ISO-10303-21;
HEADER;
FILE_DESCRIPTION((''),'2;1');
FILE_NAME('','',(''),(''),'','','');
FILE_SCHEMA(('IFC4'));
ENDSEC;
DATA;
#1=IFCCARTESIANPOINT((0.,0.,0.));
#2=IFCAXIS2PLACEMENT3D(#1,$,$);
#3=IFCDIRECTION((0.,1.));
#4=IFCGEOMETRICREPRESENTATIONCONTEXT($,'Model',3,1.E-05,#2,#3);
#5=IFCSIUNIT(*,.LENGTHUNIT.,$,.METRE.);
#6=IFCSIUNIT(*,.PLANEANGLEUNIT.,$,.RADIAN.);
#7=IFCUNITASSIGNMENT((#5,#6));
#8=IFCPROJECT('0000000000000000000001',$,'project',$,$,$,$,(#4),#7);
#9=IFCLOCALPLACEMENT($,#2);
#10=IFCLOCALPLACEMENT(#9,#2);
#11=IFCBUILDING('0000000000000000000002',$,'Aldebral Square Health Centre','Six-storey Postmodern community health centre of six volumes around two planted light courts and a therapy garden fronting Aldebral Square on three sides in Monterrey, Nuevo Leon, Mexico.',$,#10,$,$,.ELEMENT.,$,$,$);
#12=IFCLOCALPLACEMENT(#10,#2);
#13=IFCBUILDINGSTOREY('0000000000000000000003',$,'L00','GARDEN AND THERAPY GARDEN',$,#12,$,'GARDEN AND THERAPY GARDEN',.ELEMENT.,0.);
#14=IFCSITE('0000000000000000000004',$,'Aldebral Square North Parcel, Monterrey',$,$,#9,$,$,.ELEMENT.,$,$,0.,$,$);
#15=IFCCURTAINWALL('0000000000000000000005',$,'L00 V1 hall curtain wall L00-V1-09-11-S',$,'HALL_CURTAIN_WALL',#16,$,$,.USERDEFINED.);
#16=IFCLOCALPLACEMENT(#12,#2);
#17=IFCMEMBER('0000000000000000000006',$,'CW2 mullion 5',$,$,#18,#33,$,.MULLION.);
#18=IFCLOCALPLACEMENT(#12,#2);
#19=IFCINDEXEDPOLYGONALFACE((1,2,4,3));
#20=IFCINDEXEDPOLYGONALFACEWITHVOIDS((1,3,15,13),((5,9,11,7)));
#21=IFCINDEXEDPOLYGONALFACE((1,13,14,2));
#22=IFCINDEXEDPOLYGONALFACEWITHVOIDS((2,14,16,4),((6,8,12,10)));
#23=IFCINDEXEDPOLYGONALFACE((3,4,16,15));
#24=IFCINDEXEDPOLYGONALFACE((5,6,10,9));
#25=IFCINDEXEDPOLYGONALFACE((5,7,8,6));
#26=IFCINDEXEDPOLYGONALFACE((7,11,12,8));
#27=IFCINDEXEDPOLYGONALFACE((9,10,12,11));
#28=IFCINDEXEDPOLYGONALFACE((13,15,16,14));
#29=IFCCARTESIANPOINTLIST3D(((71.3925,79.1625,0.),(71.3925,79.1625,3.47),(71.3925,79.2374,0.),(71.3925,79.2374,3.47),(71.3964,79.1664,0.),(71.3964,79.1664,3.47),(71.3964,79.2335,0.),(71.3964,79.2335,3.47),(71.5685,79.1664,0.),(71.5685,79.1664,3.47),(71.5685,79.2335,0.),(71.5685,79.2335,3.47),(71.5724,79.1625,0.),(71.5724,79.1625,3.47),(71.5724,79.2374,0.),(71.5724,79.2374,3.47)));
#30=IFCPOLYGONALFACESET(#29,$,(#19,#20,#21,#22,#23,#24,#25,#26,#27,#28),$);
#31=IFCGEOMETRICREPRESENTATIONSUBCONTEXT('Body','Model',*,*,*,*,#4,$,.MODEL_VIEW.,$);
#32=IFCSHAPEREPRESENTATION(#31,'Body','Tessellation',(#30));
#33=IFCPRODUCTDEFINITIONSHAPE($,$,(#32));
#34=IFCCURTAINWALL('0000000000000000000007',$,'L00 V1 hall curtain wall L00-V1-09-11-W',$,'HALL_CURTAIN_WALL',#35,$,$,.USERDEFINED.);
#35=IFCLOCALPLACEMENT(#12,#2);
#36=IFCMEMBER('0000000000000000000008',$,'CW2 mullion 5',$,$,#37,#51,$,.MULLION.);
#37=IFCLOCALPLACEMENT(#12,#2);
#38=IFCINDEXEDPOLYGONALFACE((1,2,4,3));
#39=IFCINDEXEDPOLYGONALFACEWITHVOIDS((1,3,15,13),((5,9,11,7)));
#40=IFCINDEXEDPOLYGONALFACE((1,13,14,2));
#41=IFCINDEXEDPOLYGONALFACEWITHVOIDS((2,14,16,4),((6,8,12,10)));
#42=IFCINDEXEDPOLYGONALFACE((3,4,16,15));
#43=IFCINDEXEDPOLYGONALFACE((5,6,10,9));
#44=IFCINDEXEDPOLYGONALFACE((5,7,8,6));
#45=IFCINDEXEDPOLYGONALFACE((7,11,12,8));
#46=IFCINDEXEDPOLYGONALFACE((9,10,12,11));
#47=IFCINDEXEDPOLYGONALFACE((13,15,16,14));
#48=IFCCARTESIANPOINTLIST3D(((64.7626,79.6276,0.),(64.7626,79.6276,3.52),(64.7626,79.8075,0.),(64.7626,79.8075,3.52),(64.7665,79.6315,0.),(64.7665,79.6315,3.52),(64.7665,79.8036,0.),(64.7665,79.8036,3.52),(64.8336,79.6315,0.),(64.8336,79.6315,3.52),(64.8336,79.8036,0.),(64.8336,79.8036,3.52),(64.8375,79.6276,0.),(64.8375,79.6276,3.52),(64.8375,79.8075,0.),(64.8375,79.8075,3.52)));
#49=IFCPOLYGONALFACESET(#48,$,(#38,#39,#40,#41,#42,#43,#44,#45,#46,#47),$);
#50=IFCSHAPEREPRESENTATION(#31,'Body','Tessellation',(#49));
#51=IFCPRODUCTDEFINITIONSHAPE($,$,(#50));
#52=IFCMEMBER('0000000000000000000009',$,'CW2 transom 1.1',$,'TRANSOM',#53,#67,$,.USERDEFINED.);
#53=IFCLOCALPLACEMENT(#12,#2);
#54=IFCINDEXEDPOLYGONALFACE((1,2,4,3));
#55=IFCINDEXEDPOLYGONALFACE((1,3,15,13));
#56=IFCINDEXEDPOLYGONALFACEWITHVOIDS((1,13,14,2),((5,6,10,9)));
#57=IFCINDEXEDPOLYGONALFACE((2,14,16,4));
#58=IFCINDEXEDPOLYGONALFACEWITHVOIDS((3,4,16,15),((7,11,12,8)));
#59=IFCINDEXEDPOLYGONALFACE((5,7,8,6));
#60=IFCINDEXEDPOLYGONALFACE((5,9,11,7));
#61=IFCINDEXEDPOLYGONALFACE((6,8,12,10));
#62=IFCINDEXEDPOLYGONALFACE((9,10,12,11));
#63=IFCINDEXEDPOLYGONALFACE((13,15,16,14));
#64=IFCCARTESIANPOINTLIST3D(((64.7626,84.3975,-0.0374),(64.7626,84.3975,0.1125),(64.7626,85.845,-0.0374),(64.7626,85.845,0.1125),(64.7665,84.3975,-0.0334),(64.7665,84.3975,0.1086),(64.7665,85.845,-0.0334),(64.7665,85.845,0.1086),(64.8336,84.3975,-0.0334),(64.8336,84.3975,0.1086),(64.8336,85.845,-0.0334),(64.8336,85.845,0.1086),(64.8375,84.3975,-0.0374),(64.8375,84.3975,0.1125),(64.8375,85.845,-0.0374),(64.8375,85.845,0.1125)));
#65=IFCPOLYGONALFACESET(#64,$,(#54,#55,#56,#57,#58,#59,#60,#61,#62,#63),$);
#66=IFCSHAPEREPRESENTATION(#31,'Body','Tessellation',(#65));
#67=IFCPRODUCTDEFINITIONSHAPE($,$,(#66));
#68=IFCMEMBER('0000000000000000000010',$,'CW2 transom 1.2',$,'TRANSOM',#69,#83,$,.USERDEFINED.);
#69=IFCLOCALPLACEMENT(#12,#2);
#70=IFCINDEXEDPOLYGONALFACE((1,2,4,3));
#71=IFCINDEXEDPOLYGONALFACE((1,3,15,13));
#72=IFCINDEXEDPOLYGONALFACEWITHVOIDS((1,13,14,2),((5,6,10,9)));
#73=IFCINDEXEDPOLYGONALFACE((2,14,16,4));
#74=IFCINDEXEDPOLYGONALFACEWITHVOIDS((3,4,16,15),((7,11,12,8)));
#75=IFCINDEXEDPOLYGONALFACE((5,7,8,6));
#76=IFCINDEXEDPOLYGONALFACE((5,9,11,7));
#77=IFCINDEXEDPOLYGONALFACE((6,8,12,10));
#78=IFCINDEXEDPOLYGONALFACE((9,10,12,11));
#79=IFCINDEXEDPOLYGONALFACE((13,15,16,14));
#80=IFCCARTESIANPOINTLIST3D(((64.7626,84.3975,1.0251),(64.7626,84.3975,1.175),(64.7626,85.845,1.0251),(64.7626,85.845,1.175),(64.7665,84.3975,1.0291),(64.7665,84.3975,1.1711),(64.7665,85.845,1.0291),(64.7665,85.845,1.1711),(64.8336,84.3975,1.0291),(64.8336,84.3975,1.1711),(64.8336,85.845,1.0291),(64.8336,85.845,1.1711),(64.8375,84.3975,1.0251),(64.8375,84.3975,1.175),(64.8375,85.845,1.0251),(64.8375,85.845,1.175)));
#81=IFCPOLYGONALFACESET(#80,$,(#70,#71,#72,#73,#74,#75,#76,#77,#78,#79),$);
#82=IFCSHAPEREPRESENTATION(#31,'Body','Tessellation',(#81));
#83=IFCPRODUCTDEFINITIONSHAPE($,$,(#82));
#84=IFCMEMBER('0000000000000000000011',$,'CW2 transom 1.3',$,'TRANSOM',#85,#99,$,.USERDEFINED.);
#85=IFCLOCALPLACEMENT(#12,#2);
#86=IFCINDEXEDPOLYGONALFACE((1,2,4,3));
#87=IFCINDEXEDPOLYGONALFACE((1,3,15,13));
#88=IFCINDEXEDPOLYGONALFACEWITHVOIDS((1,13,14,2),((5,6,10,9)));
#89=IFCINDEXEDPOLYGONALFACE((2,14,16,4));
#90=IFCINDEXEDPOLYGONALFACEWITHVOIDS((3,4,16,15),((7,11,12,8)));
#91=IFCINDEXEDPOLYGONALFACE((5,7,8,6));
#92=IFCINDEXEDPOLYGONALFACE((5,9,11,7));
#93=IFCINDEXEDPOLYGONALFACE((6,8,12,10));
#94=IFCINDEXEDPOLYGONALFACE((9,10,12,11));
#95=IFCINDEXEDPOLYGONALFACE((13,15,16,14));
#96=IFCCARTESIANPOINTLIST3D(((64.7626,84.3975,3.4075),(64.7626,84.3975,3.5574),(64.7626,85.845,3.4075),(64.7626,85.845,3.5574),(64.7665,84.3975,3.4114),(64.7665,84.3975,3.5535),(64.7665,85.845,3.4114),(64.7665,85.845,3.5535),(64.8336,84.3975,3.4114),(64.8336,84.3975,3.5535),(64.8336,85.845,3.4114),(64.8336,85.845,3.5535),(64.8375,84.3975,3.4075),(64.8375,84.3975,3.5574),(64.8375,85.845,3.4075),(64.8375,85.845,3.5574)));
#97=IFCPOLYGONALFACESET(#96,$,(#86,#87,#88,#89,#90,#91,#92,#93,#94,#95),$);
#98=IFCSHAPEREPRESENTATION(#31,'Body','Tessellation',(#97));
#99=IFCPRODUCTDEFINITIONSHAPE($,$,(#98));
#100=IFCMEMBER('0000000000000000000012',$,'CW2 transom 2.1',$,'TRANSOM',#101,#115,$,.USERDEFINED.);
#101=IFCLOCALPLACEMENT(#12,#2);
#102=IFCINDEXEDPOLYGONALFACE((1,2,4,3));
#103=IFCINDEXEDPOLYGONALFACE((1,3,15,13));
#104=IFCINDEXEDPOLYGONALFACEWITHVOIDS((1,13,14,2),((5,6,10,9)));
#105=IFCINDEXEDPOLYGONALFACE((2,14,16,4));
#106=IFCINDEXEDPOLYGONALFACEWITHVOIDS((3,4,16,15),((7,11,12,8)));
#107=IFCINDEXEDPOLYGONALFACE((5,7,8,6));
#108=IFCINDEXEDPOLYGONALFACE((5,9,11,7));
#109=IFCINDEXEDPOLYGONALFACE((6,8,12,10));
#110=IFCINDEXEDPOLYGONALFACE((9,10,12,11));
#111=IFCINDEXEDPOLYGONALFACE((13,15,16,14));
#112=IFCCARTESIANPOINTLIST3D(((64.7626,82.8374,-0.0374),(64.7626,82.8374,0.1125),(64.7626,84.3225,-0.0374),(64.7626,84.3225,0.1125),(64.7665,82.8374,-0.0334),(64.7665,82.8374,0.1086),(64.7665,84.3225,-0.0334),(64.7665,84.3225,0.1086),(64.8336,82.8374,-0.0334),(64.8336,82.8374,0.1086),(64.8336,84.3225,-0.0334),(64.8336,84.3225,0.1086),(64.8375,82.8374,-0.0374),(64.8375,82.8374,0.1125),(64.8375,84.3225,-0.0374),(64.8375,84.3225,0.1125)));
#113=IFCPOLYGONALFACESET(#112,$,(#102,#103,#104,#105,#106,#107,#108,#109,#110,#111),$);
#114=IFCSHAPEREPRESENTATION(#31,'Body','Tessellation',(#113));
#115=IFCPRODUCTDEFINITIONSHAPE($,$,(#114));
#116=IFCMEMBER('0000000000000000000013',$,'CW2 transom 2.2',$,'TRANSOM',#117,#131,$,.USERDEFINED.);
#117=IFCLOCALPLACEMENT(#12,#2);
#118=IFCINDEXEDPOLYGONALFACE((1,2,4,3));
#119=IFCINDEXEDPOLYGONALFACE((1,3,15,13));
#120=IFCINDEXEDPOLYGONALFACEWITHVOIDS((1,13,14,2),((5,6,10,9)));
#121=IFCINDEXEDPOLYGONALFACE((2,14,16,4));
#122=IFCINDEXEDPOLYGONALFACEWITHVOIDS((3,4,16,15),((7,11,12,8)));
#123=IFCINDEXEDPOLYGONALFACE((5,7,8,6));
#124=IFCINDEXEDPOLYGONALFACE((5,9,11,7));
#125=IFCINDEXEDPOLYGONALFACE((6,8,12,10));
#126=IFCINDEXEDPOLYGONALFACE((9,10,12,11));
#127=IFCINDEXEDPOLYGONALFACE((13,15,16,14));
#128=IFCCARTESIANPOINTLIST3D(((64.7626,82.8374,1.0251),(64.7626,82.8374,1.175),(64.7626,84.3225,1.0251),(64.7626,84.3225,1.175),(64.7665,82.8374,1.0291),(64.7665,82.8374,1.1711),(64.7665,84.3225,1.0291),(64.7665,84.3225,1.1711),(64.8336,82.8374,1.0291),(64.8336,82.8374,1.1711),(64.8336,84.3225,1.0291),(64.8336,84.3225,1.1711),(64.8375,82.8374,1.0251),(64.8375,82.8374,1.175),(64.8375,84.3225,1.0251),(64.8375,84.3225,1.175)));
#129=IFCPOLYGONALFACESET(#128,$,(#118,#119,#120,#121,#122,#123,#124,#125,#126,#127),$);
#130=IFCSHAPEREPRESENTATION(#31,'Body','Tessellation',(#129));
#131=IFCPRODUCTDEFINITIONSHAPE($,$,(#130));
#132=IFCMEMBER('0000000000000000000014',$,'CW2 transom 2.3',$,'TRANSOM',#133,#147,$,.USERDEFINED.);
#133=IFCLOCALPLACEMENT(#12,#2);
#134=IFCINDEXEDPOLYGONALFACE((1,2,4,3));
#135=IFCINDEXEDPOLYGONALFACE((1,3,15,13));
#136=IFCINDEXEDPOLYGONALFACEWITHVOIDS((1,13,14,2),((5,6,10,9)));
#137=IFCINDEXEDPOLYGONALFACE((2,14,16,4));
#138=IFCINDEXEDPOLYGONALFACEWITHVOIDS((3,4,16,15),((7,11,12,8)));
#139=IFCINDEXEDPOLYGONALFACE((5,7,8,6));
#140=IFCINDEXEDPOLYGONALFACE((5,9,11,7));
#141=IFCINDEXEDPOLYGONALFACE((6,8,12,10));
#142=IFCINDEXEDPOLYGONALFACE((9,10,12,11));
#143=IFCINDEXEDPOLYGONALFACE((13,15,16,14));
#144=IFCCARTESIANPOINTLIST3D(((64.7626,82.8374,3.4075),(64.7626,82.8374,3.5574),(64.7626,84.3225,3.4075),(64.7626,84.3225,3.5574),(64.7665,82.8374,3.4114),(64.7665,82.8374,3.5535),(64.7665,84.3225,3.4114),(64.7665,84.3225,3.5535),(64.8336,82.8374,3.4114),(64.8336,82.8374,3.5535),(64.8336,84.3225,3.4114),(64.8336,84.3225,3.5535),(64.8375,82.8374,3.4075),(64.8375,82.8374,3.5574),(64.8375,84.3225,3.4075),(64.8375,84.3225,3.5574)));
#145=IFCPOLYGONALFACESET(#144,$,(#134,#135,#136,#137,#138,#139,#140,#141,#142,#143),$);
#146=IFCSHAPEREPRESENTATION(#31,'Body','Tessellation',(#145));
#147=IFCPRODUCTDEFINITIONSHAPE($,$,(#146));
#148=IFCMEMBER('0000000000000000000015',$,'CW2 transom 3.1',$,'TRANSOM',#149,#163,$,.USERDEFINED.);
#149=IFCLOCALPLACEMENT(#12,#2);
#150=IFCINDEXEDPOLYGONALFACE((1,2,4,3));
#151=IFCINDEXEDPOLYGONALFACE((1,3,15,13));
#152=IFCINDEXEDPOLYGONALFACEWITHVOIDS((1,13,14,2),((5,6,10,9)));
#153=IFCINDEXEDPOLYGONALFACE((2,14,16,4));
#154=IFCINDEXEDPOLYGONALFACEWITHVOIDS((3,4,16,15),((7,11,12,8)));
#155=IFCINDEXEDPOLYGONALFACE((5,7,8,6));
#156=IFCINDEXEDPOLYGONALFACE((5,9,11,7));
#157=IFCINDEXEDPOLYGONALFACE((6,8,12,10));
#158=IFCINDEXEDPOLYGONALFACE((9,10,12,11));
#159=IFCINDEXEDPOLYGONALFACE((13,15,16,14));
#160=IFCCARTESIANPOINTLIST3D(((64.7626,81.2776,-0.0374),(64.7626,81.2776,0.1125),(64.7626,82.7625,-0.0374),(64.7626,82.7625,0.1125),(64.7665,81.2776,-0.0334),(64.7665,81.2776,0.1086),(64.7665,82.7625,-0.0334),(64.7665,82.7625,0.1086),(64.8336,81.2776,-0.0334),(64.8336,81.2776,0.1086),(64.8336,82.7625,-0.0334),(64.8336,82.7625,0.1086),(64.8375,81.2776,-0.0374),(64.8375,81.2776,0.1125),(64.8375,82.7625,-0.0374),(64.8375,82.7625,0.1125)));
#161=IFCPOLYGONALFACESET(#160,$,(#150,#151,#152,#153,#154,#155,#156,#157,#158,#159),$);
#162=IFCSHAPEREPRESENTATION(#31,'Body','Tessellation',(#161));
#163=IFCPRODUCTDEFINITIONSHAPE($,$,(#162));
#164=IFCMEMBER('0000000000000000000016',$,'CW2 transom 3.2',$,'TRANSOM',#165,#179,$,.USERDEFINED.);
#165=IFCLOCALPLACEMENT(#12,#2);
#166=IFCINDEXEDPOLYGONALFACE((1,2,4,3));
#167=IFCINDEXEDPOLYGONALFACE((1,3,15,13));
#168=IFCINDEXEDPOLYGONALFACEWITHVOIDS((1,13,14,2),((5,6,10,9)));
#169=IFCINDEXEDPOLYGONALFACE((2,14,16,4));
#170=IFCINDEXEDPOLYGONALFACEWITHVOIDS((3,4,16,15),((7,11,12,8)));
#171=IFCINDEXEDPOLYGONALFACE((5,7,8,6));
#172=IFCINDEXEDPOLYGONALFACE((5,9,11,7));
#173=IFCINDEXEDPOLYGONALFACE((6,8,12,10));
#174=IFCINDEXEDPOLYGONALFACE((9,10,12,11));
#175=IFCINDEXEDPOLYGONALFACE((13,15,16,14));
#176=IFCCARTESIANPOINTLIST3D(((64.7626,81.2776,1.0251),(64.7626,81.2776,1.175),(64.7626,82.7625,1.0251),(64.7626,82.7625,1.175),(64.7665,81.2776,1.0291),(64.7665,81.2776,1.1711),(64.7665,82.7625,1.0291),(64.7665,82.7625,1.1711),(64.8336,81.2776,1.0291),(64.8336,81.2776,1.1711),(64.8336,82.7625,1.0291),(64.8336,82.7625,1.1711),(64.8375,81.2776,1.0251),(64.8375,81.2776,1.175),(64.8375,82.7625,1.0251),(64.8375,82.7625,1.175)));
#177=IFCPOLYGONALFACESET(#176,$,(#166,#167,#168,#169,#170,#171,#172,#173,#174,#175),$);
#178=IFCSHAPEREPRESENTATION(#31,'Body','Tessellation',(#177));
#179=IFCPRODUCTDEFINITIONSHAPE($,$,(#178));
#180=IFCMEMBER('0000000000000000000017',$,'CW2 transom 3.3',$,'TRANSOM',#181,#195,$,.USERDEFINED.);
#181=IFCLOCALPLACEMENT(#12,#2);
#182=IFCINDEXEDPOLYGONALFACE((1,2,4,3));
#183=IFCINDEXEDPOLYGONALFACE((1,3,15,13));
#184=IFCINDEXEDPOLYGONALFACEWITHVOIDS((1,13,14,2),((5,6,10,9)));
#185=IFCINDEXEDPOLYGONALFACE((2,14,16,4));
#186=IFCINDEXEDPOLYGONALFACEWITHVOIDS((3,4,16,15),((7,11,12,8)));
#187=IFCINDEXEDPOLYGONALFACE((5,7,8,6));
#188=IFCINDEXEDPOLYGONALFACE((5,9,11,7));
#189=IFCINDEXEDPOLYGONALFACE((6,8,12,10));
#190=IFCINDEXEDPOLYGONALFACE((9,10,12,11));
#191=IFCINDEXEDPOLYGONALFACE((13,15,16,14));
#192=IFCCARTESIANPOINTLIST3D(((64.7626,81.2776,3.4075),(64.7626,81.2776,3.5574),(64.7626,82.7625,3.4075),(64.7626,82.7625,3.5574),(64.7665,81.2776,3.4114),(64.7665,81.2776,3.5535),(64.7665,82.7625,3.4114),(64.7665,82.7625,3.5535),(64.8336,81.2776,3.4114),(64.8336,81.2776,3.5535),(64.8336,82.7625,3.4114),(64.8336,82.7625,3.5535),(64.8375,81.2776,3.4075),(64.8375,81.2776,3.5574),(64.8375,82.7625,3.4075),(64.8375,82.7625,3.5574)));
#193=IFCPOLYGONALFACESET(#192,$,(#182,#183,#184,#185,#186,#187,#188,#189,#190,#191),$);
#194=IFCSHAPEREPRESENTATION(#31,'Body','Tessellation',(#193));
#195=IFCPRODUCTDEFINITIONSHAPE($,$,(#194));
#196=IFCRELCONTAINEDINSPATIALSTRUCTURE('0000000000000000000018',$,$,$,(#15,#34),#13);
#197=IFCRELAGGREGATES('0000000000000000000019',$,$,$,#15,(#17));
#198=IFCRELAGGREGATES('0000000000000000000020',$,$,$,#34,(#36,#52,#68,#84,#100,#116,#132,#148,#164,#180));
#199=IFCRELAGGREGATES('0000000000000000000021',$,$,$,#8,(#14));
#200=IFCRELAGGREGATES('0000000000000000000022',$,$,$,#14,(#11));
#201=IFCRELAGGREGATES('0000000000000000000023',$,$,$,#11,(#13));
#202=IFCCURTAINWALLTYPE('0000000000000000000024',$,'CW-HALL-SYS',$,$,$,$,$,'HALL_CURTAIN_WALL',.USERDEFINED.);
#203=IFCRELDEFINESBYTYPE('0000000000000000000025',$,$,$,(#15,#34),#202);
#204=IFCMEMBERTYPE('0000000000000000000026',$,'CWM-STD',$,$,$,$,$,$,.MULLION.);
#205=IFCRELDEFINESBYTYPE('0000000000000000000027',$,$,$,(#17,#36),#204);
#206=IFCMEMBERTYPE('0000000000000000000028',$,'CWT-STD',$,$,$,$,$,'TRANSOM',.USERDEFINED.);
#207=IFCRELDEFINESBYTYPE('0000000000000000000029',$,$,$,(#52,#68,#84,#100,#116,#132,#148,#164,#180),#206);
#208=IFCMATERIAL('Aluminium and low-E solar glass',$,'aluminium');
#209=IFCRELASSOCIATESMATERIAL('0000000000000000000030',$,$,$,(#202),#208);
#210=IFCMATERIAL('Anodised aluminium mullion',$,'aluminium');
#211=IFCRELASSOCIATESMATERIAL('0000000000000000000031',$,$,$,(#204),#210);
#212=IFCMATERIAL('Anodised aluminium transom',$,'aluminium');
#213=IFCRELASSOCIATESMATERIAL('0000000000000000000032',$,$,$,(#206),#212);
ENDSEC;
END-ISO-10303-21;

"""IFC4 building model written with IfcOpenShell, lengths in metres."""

from ifc_helpers import new_model, si_unit, direction, frame, origin, origin_2d, place, context, subcontext, project, spatial, hollow_rectangle, extrude, material, material_profile, profile_set, type_object, element, aggregate, save


model = new_model("IFC4")

# Units and contexts
model_context = context("Model", 3, precision=1e-05, world=origin(), true_north=direction((0.0, 1.0)))
body_context = subcontext(model_context, "Body", "Model", "MODEL_VIEW")
ifc_project = project(units=[si_unit("LENGTHUNIT", "METRE"), si_unit("PLANEANGLEUNIT", "RADIAN")], contexts=[model_context])

# Site, building, storey
site_placement = place(None, origin())
site = spatial("IfcSite", under=ifc_project, at=site_placement, Name="Aldebral Square North Parcel, Monterrey", CompositionType="ELEMENT", RefElevation=0.0)
building_placement = place(site_placement, origin())
building = spatial("IfcBuilding", under=site, at=building_placement, Name="Aldebral Square Health Centre", Description="Six-storey Postmodern community health centre of six volumes around two planted light courts and a therapy garden fronting Aldebral Square on three sides in Monterrey, Nuevo Leon, Mexico.", CompositionType="ELEMENT")
storey_placement = place(building_placement, origin())
storey = spatial("IfcBuildingStorey", under=building, at=storey_placement, Name="L00", Description="GARDEN AND THERAPY GARDEN", LongName="GARDEN AND THERAPY GARDEN", CompositionType="ELEMENT", Elevation=0.0)

# Curtain wall, member
ifc_material_1 = material(Name="Aluminium and low-E solar glass", Category="aluminium")
curtain_wall_type = type_object("IfcCurtainWallType", Name="CW-HALL-SYS", ElementType="HALL_CURTAIN_WALL", PredefinedType="USERDEFINED", material=ifc_material_1)
curtain_wall_1_placement = place(storey_placement, origin())
curtain_wall_1 = element("IfcCurtainWall", 1, at=curtain_wall_1_placement, inside=storey, type_object=curtain_wall_type, Name="L00 V1 hall curtain wall L00-V1-09-11-S", ObjectType="HALL_CURTAIN_WALL", PredefinedType="USERDEFINED")
ifc_material_2 = material(Name="Anodised aluminium mullion", Category="aluminium")
ifc_material_profile_1 = material_profile(ifc_material_2, hollow_rectangle(XDim=0.075, YDim=0.1799, WallThickness=0.0039, at=origin_2d()), Name="CWM 75x180x4")
ifc_profile_set_1 = profile_set([ifc_material_profile_1], Name="Anodised aluminium mullion")
member_type_1 = type_object("IfcMemberType", Name="CWM-STD", PredefinedType="MULLION", material=ifc_profile_set_1)
member_1_placement = place(storey_placement, frame((71.4824, 79.2, 0.0), z_axis=(0.0, 0.0, 1.0), x_axis=(0.0, 1.0, 0.0)))
member_1 = element("IfcMember", 2, at=member_1_placement, type_object=member_type_1, Name="CW2 mullion 5", PredefinedType="MULLION", context=body_context, shape_type="SweptSolid", body=[
    extrude(hollow_rectangle(XDim=0.075, YDim=0.1799, WallThickness=0.0039, at=origin_2d()), origin(), (0.0, 0.0, 1.0), 3.47),
])
aggregate(curtain_wall_1, [member_1])

# Curtain wall, members
curtain_wall_2_placement = place(storey_placement, origin())
curtain_wall_2 = element("IfcCurtainWall", 3, at=curtain_wall_2_placement, inside=storey, type_object=curtain_wall_type, Name="L00 V1 hall curtain wall L00-V1-09-11-W", ObjectType="HALL_CURTAIN_WALL", PredefinedType="USERDEFINED")
member_2_placement = place(storey_placement, frame((64.8, 79.7175, 0.0), z_axis=(0.0, 0.0, 1.0), x_axis=(1.0, 0.0, 0.0)))
member_2 = element("IfcMember", 4, at=member_2_placement, type_object=member_type_1, Name="CW2 mullion 5", PredefinedType="MULLION", context=body_context, shape_type="SweptSolid", body=[
    extrude(hollow_rectangle(XDim=0.075, YDim=0.1799, WallThickness=0.0039, at=origin_2d()), origin(), (0.0, 0.0, 1.0), 3.52),
])
ifc_material_3 = material(Name="Anodised aluminium transom", Category="aluminium")
ifc_material_profile_2 = material_profile(ifc_material_3, hollow_rectangle(XDim=0.075, YDim=0.1499, WallThickness=0.0039, at=origin_2d()), Name="CWT 75x150x4")
ifc_profile_set_2 = profile_set([ifc_material_profile_2], Name="Anodised aluminium transom")
member_type_2 = type_object("IfcMemberType", Name="CWT-STD", ElementType="TRANSOM", PredefinedType="USERDEFINED", material=ifc_profile_set_2)
member_3_placement = place(storey_placement, frame((64.8, 85.845, 0.0376), z_axis=(0.0, -1.0, 0.0), x_axis=(1.0, 0.0, 0.0)))
member_3 = element("IfcMember", 5, at=member_3_placement, type_object=member_type_2, Name="CW2 transom 1.1", ObjectType="TRANSOM", PredefinedType="USERDEFINED", context=body_context, shape_type="SweptSolid", body=[
    extrude(hollow_rectangle(XDim=0.075, YDim=0.1499, WallThickness=0.0039, at=origin_2d()), origin(), (0.0, 0.0, 1.0), 1.4475),
])
member_4_placement = place(storey_placement, frame((64.8, 85.845, 1.1001), z_axis=(0.0, -1.0, 0.0), x_axis=(1.0, 0.0, 0.0)))
member_4 = element("IfcMember", 6, at=member_4_placement, type_object=member_type_2, Name="CW2 transom 1.2", ObjectType="TRANSOM", PredefinedType="USERDEFINED", context=body_context, shape_type="SweptSolid", body=[
    extrude(hollow_rectangle(XDim=0.075, YDim=0.1499, WallThickness=0.0039, at=origin_2d()), origin(), (0.0, 0.0, 1.0), 1.4475),
])
member_5_placement = place(storey_placement, frame((64.8, 85.845, 3.4824), z_axis=(0.0, -1.0, 0.0), x_axis=(1.0, 0.0, 0.0)))
member_5 = element("IfcMember", 7, at=member_5_placement, type_object=member_type_2, Name="CW2 transom 1.3", ObjectType="TRANSOM", PredefinedType="USERDEFINED", context=body_context, shape_type="SweptSolid", body=[
    extrude(hollow_rectangle(XDim=0.075, YDim=0.1499, WallThickness=0.0039, at=origin_2d()), origin(), (0.0, 0.0, 1.0), 1.4475),
])
member_6_placement = place(storey_placement, frame((64.8, 84.3225, 0.0376), z_axis=(0.0, -1.0, 0.0), x_axis=(1.0, 0.0, 0.0)))
member_6 = element("IfcMember", 8, at=member_6_placement, type_object=member_type_2, Name="CW2 transom 2.1", ObjectType="TRANSOM", PredefinedType="USERDEFINED", context=body_context, shape_type="SweptSolid", body=[
    extrude(hollow_rectangle(XDim=0.075, YDim=0.1499, WallThickness=0.0039, at=origin_2d()), origin(), (0.0, 0.0, 1.0), 1.4851),
])
member_7_placement = place(storey_placement, frame((64.8, 84.3225, 1.1001), z_axis=(0.0, -1.0, 0.0), x_axis=(1.0, 0.0, 0.0)))
member_7 = element("IfcMember", 9, at=member_7_placement, type_object=member_type_2, Name="CW2 transom 2.2", ObjectType="TRANSOM", PredefinedType="USERDEFINED", context=body_context, shape_type="SweptSolid", body=[
    extrude(hollow_rectangle(XDim=0.075, YDim=0.1499, WallThickness=0.0039, at=origin_2d()), origin(), (0.0, 0.0, 1.0), 1.4851),
])
member_8_placement = place(storey_placement, frame((64.8, 84.3225, 3.4824), z_axis=(0.0, -1.0, 0.0), x_axis=(1.0, 0.0, 0.0)))
member_8 = element("IfcMember", 10, at=member_8_placement, type_object=member_type_2, Name="CW2 transom 2.3", ObjectType="TRANSOM", PredefinedType="USERDEFINED", context=body_context, shape_type="SweptSolid", body=[
    extrude(hollow_rectangle(XDim=0.075, YDim=0.1499, WallThickness=0.0039, at=origin_2d()), origin(), (0.0, 0.0, 1.0), 1.4851),
])
member_9_placement = place(storey_placement, frame((64.8, 82.7625, 0.0376), z_axis=(0.0, -1.0, 0.0), x_axis=(1.0, 0.0, 0.0)))
member_9 = element("IfcMember", 11, at=member_9_placement, type_object=member_type_2, Name="CW2 transom 3.1", ObjectType="TRANSOM", PredefinedType="USERDEFINED", context=body_context, shape_type="SweptSolid", body=[
    extrude(hollow_rectangle(XDim=0.075, YDim=0.1499, WallThickness=0.0039, at=origin_2d()), origin(), (0.0, 0.0, 1.0), 1.4849),
])
member_10_placement = place(storey_placement, frame((64.8, 82.7625, 1.1001), z_axis=(0.0, -1.0, 0.0), x_axis=(1.0, 0.0, 0.0)))
member_10 = element("IfcMember", 12, at=member_10_placement, type_object=member_type_2, Name="CW2 transom 3.2", ObjectType="TRANSOM", PredefinedType="USERDEFINED", context=body_context, shape_type="SweptSolid", body=[
    extrude(hollow_rectangle(XDim=0.075, YDim=0.1499, WallThickness=0.0039, at=origin_2d()), origin(), (0.0, 0.0, 1.0), 1.4849),
])
member_11_placement = place(storey_placement, frame((64.8, 82.7625, 3.4824), z_axis=(0.0, -1.0, 0.0), x_axis=(1.0, 0.0, 0.0)))
member_11 = element("IfcMember", 13, at=member_11_placement, type_object=member_type_2, Name="CW2 transom 3.3", ObjectType="TRANSOM", PredefinedType="USERDEFINED", context=body_context, shape_type="SweptSolid", body=[
    extrude(hollow_rectangle(XDim=0.075, YDim=0.1499, WallThickness=0.0039, at=origin_2d()), origin(), (0.0, 0.0, 1.0), 1.4849),
])
aggregate(curtain_wall_2, [member_2, member_3, member_4, member_5, member_6, member_7, member_8, member_9, member_10, member_11])

save(model, "model.ifc")
